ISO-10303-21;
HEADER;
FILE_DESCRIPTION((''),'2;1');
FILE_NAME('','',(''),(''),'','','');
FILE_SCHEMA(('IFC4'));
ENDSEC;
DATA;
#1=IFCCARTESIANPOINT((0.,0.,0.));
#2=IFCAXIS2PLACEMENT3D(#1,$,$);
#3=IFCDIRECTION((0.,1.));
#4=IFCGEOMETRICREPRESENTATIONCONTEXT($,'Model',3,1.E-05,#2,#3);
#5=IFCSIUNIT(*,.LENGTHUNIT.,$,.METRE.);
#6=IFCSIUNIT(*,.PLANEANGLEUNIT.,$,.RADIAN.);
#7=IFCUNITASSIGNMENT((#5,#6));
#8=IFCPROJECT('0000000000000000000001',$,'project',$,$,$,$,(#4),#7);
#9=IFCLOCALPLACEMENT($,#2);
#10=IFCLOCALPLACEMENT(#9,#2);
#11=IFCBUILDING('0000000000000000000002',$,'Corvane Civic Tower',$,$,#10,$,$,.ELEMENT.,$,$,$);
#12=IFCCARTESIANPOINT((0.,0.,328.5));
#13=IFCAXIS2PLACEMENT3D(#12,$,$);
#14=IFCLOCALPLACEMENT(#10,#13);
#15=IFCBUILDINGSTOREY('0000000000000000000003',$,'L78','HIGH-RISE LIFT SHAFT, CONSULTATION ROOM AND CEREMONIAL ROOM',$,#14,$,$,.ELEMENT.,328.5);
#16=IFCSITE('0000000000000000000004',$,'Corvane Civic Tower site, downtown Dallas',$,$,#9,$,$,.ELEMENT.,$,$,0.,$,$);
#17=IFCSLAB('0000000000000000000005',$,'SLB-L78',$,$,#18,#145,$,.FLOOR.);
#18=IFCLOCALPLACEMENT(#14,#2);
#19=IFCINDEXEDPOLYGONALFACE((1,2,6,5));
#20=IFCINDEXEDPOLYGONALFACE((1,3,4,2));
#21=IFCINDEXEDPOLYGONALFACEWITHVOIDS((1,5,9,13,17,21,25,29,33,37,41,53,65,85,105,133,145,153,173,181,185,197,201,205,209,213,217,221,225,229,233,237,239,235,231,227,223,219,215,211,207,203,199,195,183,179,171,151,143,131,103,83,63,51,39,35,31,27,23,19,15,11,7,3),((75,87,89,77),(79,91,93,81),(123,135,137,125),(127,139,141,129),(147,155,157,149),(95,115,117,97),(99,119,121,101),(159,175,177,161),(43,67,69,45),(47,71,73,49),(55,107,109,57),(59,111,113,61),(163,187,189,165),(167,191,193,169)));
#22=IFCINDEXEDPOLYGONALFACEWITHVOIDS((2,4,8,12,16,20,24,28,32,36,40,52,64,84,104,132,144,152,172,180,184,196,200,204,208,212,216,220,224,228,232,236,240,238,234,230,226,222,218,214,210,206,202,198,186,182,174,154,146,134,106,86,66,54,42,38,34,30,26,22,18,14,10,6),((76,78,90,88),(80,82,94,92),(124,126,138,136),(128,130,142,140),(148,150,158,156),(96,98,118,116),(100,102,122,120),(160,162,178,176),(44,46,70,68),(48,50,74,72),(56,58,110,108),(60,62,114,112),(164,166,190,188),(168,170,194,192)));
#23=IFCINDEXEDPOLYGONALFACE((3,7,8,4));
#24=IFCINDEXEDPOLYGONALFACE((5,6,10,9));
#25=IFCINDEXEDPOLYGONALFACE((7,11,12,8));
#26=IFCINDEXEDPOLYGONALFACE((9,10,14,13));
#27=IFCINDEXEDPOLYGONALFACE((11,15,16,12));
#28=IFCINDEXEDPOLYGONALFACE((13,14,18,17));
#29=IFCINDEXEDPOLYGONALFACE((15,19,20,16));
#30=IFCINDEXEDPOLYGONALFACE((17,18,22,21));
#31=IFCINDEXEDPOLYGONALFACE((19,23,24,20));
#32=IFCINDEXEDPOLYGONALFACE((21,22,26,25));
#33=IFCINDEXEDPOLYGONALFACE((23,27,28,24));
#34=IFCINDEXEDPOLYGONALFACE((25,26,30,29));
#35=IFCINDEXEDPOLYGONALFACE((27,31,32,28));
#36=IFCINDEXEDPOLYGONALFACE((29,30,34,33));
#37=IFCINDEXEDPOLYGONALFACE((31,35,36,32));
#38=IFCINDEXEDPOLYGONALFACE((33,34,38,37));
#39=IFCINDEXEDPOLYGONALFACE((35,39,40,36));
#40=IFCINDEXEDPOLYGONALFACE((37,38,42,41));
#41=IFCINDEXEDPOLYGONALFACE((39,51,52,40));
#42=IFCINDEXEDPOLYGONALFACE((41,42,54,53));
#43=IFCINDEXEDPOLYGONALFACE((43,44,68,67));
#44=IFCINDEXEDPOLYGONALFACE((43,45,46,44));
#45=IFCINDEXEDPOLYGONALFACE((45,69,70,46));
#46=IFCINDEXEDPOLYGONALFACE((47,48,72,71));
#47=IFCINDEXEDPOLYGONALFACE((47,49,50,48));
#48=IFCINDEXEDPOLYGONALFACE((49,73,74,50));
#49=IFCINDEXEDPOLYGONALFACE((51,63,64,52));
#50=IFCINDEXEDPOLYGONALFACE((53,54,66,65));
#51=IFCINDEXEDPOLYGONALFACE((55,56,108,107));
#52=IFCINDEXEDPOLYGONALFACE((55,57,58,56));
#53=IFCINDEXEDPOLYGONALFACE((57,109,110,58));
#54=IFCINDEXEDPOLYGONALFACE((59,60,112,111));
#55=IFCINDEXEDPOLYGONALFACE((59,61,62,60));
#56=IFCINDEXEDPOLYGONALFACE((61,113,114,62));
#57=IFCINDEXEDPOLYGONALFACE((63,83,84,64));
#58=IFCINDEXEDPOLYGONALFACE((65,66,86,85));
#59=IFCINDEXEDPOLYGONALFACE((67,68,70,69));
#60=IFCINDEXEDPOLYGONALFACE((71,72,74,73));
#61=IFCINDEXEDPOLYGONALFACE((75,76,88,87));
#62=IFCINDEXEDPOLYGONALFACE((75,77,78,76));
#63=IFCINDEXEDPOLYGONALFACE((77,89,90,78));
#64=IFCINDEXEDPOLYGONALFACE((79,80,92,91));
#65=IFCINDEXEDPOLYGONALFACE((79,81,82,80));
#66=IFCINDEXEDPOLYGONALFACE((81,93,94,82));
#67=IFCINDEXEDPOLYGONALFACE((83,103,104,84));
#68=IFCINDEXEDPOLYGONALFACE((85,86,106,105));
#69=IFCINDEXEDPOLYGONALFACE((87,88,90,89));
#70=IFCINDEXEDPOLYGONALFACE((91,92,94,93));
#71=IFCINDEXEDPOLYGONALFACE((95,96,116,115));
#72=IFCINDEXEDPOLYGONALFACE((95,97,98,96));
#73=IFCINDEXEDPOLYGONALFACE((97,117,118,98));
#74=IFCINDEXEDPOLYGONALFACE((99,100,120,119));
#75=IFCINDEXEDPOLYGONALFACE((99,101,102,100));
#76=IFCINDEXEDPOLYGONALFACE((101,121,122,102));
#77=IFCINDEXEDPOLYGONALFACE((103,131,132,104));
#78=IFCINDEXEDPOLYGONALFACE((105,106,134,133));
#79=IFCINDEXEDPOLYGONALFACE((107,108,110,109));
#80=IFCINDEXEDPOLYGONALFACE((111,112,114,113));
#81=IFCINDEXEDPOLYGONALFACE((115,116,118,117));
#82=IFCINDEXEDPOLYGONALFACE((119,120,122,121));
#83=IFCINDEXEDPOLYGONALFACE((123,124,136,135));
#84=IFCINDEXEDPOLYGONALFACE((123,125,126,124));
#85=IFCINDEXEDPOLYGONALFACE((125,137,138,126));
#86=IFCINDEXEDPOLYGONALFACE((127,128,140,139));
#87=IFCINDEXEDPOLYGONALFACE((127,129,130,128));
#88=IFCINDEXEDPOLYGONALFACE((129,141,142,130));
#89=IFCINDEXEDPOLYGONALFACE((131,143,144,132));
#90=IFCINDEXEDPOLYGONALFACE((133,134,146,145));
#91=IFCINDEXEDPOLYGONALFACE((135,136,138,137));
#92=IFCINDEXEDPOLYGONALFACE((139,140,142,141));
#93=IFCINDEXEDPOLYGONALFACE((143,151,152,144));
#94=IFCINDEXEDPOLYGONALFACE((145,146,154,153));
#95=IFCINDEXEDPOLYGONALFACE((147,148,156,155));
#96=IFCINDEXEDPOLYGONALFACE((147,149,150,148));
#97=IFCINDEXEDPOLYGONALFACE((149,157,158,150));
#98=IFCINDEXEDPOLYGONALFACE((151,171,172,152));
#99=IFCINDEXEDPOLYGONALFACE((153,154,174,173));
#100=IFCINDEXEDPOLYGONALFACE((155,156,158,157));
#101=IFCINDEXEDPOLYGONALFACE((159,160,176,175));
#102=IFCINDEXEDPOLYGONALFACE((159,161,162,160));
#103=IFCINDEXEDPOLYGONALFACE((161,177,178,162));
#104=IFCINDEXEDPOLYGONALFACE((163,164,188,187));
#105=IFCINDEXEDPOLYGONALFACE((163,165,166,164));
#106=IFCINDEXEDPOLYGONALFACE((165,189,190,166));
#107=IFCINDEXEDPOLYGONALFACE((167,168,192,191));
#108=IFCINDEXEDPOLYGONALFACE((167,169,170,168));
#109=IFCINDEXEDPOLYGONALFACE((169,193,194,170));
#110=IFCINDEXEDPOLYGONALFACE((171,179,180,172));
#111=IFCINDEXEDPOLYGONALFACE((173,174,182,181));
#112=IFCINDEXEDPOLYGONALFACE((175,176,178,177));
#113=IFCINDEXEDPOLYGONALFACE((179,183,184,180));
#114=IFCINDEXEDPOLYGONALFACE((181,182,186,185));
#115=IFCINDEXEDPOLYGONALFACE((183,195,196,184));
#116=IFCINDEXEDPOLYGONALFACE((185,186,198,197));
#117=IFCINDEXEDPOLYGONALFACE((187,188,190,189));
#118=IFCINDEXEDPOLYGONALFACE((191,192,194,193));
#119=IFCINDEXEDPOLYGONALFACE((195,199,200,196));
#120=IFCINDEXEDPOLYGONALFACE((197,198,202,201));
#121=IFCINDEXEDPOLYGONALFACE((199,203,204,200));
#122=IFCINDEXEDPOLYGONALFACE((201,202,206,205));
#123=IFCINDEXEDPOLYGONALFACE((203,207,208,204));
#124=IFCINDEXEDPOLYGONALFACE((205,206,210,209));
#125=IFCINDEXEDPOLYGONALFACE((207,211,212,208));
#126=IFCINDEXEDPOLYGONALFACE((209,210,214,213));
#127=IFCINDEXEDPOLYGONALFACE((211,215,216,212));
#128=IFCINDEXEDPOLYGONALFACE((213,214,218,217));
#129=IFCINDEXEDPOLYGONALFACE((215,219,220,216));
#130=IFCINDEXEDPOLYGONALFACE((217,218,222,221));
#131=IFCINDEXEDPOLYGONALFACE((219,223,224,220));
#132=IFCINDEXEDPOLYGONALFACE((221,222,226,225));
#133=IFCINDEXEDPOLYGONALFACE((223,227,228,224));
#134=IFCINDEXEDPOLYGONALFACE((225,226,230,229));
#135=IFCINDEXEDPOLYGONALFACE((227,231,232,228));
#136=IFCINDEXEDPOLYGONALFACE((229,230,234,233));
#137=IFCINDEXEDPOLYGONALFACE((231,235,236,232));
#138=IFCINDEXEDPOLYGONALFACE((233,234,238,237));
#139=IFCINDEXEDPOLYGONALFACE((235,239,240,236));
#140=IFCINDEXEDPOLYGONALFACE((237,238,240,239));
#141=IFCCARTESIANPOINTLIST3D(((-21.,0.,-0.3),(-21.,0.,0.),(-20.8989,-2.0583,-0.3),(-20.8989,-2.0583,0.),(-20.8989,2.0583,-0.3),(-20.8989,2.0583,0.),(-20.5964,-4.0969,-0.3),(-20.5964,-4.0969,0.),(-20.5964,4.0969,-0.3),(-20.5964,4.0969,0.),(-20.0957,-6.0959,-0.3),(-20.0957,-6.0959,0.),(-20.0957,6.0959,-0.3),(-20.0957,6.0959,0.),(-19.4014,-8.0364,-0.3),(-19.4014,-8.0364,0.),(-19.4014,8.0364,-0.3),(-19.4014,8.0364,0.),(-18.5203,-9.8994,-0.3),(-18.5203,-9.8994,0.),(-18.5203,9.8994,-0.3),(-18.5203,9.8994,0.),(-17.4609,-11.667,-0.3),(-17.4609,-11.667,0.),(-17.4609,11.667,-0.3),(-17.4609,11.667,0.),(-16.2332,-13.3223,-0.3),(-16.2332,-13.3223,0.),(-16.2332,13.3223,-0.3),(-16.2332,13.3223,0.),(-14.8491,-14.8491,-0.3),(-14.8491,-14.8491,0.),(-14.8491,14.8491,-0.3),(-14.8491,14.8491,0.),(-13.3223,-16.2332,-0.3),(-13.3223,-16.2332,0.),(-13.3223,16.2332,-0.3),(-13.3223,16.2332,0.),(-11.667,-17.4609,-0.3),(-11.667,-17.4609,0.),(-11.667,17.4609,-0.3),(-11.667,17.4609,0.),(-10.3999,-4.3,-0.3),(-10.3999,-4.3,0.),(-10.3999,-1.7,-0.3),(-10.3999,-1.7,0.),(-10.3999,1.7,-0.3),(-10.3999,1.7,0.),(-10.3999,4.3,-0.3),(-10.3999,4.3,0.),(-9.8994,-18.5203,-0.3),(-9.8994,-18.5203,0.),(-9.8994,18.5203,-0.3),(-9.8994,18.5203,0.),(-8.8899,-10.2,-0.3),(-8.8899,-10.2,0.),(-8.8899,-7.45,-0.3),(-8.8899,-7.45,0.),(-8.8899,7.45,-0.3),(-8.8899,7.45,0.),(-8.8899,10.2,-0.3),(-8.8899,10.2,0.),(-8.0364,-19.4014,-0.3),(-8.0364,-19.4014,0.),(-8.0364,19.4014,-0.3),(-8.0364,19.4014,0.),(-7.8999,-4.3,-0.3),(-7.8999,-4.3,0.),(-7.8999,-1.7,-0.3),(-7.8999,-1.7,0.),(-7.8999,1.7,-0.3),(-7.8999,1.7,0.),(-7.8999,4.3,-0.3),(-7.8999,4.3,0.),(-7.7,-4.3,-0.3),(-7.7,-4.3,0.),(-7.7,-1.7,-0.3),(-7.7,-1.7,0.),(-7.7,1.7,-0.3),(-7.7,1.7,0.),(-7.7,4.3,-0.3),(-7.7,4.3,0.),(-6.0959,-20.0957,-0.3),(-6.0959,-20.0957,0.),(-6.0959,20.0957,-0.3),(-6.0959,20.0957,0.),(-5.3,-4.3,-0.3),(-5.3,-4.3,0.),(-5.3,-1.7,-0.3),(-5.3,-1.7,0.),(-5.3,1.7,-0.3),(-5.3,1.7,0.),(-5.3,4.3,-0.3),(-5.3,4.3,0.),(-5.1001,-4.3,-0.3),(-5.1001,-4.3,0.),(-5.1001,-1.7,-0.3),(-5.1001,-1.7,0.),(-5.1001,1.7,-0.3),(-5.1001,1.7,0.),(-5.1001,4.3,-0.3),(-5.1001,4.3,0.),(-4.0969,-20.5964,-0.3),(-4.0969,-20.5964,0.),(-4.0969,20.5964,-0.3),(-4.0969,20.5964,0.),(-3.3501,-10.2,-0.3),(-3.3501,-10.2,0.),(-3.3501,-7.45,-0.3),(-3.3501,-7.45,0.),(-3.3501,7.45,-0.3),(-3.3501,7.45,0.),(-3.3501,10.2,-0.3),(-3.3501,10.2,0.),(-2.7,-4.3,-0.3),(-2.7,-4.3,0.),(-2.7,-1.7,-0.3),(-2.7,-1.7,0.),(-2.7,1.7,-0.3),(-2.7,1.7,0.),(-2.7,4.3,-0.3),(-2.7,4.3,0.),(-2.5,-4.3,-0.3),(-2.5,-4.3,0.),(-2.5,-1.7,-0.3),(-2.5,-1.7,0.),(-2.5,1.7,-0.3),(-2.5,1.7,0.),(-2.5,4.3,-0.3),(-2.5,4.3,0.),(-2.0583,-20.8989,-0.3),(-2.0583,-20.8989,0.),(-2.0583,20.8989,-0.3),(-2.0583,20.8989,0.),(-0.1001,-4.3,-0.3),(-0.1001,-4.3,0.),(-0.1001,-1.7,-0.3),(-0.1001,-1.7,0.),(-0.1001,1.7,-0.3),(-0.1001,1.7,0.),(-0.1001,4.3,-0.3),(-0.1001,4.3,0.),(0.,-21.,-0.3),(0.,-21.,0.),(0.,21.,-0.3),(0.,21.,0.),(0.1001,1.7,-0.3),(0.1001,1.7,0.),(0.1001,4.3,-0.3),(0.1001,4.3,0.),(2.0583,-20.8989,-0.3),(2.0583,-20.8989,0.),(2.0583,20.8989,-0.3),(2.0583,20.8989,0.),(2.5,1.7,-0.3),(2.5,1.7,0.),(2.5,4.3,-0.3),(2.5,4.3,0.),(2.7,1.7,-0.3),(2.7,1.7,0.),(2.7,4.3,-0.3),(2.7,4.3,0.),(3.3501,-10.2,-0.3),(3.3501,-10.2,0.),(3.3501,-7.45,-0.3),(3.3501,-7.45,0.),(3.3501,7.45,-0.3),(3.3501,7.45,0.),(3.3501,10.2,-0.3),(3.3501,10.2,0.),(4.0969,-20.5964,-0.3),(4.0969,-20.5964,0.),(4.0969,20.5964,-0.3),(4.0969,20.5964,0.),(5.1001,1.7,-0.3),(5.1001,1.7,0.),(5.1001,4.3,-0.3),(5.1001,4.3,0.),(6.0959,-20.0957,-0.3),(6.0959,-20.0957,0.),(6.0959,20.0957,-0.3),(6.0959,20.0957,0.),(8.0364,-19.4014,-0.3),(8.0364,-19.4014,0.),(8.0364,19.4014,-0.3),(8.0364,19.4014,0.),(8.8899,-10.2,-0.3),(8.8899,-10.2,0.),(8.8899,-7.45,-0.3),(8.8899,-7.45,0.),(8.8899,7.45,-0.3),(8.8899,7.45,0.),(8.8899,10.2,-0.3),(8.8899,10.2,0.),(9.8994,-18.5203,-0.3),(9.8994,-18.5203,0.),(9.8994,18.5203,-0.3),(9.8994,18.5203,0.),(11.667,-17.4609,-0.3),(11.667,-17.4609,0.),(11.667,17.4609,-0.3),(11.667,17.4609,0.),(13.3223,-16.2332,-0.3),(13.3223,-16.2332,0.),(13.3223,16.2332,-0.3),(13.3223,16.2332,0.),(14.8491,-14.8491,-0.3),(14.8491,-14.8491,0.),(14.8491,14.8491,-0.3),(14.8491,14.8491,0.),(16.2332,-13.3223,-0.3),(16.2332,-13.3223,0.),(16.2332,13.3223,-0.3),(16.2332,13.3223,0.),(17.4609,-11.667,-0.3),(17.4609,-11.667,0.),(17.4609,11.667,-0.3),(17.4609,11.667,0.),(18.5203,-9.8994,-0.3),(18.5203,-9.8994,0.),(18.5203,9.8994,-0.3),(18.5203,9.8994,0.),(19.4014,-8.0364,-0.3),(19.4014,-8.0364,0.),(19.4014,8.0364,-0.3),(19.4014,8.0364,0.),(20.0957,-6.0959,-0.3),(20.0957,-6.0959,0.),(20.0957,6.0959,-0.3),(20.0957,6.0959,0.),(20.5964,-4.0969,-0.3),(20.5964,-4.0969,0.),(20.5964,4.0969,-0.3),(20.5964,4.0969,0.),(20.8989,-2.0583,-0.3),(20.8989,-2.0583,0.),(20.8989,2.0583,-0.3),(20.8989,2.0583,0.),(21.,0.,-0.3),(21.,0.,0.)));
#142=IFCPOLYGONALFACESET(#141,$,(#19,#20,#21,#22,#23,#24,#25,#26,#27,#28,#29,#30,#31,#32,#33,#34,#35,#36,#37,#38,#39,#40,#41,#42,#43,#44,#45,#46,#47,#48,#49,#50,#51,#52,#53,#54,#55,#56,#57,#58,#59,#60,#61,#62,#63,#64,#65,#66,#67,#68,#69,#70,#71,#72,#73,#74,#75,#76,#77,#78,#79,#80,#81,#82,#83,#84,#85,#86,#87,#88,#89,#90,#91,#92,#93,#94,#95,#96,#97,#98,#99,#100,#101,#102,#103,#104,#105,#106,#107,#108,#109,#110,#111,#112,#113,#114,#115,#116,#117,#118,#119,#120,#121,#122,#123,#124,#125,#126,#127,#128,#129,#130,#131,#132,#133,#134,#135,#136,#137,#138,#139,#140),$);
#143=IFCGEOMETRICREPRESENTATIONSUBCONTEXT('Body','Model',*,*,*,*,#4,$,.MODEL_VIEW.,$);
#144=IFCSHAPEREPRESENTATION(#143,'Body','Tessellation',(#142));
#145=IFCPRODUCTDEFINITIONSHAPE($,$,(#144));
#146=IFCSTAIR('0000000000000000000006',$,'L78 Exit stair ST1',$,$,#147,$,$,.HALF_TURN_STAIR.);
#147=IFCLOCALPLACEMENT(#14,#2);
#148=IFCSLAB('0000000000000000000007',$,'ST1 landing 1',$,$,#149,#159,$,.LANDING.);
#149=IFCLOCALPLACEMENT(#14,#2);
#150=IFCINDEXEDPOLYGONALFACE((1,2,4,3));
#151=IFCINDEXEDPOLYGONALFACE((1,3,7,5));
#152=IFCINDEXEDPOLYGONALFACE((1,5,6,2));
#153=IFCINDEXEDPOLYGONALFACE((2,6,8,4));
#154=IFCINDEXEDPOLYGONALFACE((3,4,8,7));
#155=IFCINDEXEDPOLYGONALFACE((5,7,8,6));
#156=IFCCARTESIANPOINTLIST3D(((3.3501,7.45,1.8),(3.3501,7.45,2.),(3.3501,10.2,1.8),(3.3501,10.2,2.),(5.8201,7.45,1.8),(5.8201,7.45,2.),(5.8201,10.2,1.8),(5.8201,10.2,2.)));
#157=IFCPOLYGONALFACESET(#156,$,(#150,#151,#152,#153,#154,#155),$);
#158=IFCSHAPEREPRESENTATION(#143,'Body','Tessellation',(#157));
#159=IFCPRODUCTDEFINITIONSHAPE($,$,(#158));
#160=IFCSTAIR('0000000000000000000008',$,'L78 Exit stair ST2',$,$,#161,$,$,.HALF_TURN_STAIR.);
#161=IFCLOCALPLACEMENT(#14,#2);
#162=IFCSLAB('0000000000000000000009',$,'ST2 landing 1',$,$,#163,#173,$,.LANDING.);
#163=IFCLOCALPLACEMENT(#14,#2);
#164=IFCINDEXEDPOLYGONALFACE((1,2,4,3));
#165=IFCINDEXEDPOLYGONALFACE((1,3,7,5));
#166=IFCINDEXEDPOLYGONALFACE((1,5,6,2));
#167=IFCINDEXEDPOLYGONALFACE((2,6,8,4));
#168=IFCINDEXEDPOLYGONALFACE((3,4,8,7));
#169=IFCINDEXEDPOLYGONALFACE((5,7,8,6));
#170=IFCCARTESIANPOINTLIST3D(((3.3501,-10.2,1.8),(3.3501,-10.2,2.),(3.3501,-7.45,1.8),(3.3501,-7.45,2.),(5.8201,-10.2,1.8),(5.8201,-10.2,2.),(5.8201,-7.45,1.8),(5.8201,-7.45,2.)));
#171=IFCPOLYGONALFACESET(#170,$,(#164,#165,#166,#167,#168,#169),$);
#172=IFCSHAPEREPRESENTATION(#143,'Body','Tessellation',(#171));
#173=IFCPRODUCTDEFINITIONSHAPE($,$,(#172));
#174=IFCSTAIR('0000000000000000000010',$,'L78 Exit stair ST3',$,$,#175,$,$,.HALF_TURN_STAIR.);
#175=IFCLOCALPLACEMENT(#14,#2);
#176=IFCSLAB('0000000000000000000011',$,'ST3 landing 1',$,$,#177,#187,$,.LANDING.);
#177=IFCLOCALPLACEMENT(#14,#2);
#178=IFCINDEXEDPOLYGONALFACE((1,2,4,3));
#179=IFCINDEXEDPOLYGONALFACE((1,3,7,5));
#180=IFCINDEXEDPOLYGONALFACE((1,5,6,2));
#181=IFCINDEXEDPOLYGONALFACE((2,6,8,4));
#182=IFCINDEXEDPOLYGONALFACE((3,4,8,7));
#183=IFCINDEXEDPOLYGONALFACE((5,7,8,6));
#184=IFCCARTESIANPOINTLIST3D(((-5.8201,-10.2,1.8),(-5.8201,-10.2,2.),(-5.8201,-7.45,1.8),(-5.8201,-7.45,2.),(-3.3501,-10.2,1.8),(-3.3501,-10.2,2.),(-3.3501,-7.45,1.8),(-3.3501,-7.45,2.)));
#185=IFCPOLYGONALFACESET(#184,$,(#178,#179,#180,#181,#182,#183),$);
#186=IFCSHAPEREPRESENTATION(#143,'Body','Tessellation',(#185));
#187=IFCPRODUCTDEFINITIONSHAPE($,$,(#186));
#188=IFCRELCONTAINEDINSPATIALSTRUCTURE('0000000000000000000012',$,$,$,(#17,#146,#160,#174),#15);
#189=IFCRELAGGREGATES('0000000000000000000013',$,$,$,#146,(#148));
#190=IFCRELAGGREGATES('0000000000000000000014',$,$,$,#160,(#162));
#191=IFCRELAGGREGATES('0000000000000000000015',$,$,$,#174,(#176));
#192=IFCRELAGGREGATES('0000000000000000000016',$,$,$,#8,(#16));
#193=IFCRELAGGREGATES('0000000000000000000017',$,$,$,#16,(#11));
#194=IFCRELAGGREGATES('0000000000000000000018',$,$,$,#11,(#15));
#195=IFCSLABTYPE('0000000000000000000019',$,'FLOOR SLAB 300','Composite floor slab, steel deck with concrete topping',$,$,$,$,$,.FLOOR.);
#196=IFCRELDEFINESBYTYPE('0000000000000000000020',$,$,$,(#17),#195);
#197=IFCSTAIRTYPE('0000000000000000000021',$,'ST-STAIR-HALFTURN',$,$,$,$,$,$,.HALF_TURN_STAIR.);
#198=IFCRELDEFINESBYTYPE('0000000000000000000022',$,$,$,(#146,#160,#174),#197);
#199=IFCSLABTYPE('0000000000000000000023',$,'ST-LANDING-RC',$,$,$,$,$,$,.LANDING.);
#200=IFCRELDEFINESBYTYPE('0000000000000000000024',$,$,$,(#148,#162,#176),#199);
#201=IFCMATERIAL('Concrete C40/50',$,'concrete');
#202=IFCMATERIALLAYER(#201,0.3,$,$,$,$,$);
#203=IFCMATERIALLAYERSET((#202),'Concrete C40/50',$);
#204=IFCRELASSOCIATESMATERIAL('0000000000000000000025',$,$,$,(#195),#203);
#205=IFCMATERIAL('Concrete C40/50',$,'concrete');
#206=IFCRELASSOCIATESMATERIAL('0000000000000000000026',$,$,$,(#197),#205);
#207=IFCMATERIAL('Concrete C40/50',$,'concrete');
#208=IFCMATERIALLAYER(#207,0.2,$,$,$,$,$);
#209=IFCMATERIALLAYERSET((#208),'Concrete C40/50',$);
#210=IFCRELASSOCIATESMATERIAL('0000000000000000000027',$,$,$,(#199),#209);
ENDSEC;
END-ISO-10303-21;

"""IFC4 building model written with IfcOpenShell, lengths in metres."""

from ifc_helpers import new_model, si_unit, direction, frame, origin, place, context, subcontext, project, spatial, polyline, outline, extrude, material, layer, layer_set, type_object, element, aggregate, save


model = new_model("IFC4")

# Units and contexts
model_context = context("Model", 3, precision=1e-05, world=origin(), true_north=direction((0.0, 1.0)))
body_context = subcontext(model_context, "Body", "Model", "MODEL_VIEW")
ifc_project = project(units=[si_unit("LENGTHUNIT", "METRE"), si_unit("PLANEANGLEUNIT", "RADIAN")], contexts=[model_context])

# Site, building, storey
site_placement = place(None, origin())
site = spatial("IfcSite", under=ifc_project, at=site_placement, Name="Corvane Civic Tower site, downtown Dallas", CompositionType="ELEMENT", RefElevation=0.0)
building_placement = place(site_placement, origin())
building = spatial("IfcBuilding", under=site, at=building_placement, Name="Corvane Civic Tower", CompositionType="ELEMENT")
storey_placement = place(building_placement, frame((0.0, 0.0, 328.5)))
storey = spatial("IfcBuildingStorey", under=building, at=storey_placement, Name="L78", Description="HIGH-RISE LIFT SHAFT, CONSULTATION ROOM AND CEREMONIAL ROOM", CompositionType="ELEMENT", Elevation=328.5)

# Slab
ifc_material_1 = material(Name="Concrete C40/50", Category="concrete")
ifc_layer_1 = layer(ifc_material_1, 0.3)
ifc_layer_set_1 = layer_set([ifc_layer_1], Name="Concrete C40/50")
slab_type_1 = type_object("IfcSlabType", Name="FLOOR SLAB 300", Description="Composite floor slab, steel deck with concrete topping", PredefinedType="FLOOR", material=ifc_layer_set_1)
slab_1_placement = place(storey_placement, frame((0.0, 0.0, -0.3)))
element("IfcSlab", 1, at=slab_1_placement, inside=storey, type_object=slab_type_1, Name="SLB-L78", PredefinedType="FLOOR", context=body_context, shape_type="SweptSolid", body=[
    extrude(outline(polyline([(0.0, 21.0), (-2.0583, 20.8989), (-4.0969, 20.5964), (-6.0959, 20.0957), (-8.0364, 19.4014), (-9.8994, 18.5203), (-11.667, 17.4609), (-13.3223, 16.2332), (-14.8491, 14.8491), (-16.2332, 13.3223), (-17.4609, 11.667), (-18.5203, 9.8994), (-19.4014, 8.0364), (-20.0957, 6.0959), (-20.5964, 4.0969), (-20.8989, 2.0583), (-21.0, 0.0), (-20.8989, -2.0583), (-20.5964, -4.0969), (-20.0957, -6.0959), (-19.4014, -8.0364), (-18.5203, -9.8994), (-17.4609, -11.667), (-16.2332, -13.3223), (-14.8491, -14.8491), (-13.3223, -16.2332), (-11.667, -17.4609), (-9.8994, -18.5203), (-8.0364, -19.4014), (-6.0959, -20.0957), (-4.0969, -20.5964), (-2.0583, -20.8989), (0.0, -21.0), (2.0583, -20.8989), (4.0969, -20.5964), (6.0959, -20.0957), (8.0364, -19.4014), (9.8994, -18.5203), (11.667, -17.4609), (13.3223, -16.2332), (14.8491, -14.8491), (16.2332, -13.3223), (17.4609, -11.667), (18.5203, -9.8994), (19.4014, -8.0364), (20.0957, -6.0959), (20.5964, -4.0969), (20.8989, -2.0583), (21.0, 0.0), (20.8989, 2.0583), (20.5964, 4.0969), (20.0957, 6.0959), (19.4014, 8.0364), (18.5203, 9.8994), (17.4609, 11.667), (16.2332, 13.3223), (14.8491, 14.8491), (13.3223, 16.2332), (11.667, 17.4609), (9.8994, 18.5203), (8.0364, 19.4014), (6.0959, 20.0957), (4.0969, 20.5964), (2.0583, 20.8989), (0.0, 21.0)]), holes=[polyline([(-10.3999, 4.3), (-7.8999, 4.3), (-7.8999, 1.7), (-10.3999, 1.7), (-10.3999, 4.3)]), polyline([(-7.7, 4.3), (-5.3, 4.3), (-5.3, 1.7), (-7.7, 1.7), (-7.7, 4.3)]), polyline([(-5.1001, 4.3), (-2.7, 4.3), (-2.7, 1.7), (-5.1001, 1.7), (-5.1001, 4.3)]), polyline([(-2.5, 4.3), (-0.1001, 4.3), (-0.1001, 1.7), (-2.5, 1.7), (-2.5, 4.3)]), polyline([(0.1001, 1.7), (0.1001, 4.3), (2.5, 4.3), (2.5, 1.7), (0.1001, 1.7)]), polyline([(2.7, 1.7), (2.7, 4.3), (5.1001, 4.3), (5.1001, 1.7), (2.7, 1.7)]), polyline([(-10.3999, -1.7), (-7.8999, -1.7), (-7.8999, -4.3), (-10.3999, -4.3), (-10.3999, -1.7)]), polyline([(-7.7, -4.3), (-7.7, -1.7), (-5.3, -1.7), (-5.3, -4.3), (-7.7, -4.3)]), polyline([(-5.1001, -4.3), (-5.1001, -1.7), (-2.7, -1.7), (-2.7, -4.3), (-5.1001, -4.3)]), polyline([(-2.5, -4.3), (-2.5, -1.7), (-0.1001, -1.7), (-0.1001, -4.3), (-2.5, -4.3)]), polyline([(8.8899, 10.2), (8.8899, 7.45), (3.3501, 7.45), (3.3501, 10.2), (8.8899, 10.2)]), polyline([(-8.8899, 7.45), (-8.8899, 10.2), (-3.3501, 10.2), (-3.3501, 7.45), (-8.8899, 7.45)]), polyline([(8.8899, -7.45), (8.8899, -10.2), (3.3501, -10.2), (3.3501, -7.45), (8.8899, -7.45)]), polyline([(-8.8899, -10.2), (-8.8899, -7.45), (-3.3501, -7.45), (-3.3501, -10.2), (-8.8899, -10.2)])]), origin(), (0.0, 0.0, 1.0), 0.3),
])

# Stairs, slabs
ifc_material_2 = material(Name="Concrete C40/50", Category="concrete")
stair_type = type_object("IfcStairType", Name="ST-STAIR-HALFTURN", PredefinedType="HALF_TURN_STAIR", material=ifc_material_2)
stair_1_placement = place(storey_placement, origin())
stair_1 = element("IfcStair", 2, at=stair_1_placement, inside=storey, type_object=stair_type, Name="L78 Exit stair ST1", PredefinedType="HALF_TURN_STAIR")
ifc_material_3 = material(Name="Concrete C40/50", Category="concrete")
ifc_layer_2 = layer(ifc_material_3, 0.2)
ifc_layer_set_2 = layer_set([ifc_layer_2], Name="Concrete C40/50")
slab_type_2 = type_object("IfcSlabType", Name="ST-LANDING-RC", PredefinedType="LANDING", material=ifc_layer_set_2)
slab_2_placement = place(storey_placement, frame((0.0, 0.0, 1.8)))
slab_2 = element("IfcSlab", 3, at=slab_2_placement, type_object=slab_type_2, Name="ST1 landing 1", PredefinedType="LANDING", context=body_context, shape_type="SweptSolid", body=[
    extrude(outline(polyline([(5.8201, 10.2), (3.3501, 10.2), (3.3501, 7.45), (5.8201, 7.45), (5.8201, 10.2)])), origin(), (0.0, 0.0, 1.0), 0.2),
])
aggregate(stair_1, [slab_2])
stair_2_placement = place(storey_placement, origin())
stair_2 = element("IfcStair", 4, at=stair_2_placement, inside=storey, type_object=stair_type, Name="L78 Exit stair ST2", PredefinedType="HALF_TURN_STAIR")
slab_3_placement = place(storey_placement, frame((0.0, 0.0, 1.8)))
slab_3 = element("IfcSlab", 5, at=slab_3_placement, type_object=slab_type_2, Name="ST2 landing 1", PredefinedType="LANDING", context=body_context, shape_type="SweptSolid", body=[
    extrude(outline(polyline([(5.8201, -7.45), (3.3501, -7.45), (3.3501, -10.2), (5.8201, -10.2), (5.8201, -7.45)])), origin(), (0.0, 0.0, 1.0), 0.2),
])
aggregate(stair_2, [slab_3])
stair_3_placement = place(storey_placement, origin())
stair_3 = element("IfcStair", 6, at=stair_3_placement, inside=storey, type_object=stair_type, Name="L78 Exit stair ST3", PredefinedType="HALF_TURN_STAIR")
slab_4_placement = place(storey_placement, frame((0.0, 0.0, 1.8)))
slab_4 = element("IfcSlab", 7, at=slab_4_placement, type_object=slab_type_2, Name="ST3 landing 1", PredefinedType="LANDING", context=body_context, shape_type="SweptSolid", body=[
    extrude(outline(polyline([(-5.8201, -10.2), (-3.3501, -10.2), (-3.3501, -7.45), (-5.8201, -7.45), (-5.8201, -10.2)])), origin(), (0.0, 0.0, 1.0), 0.2),
])
aggregate(stair_3, [slab_4])

save(model, "model.ifc")
